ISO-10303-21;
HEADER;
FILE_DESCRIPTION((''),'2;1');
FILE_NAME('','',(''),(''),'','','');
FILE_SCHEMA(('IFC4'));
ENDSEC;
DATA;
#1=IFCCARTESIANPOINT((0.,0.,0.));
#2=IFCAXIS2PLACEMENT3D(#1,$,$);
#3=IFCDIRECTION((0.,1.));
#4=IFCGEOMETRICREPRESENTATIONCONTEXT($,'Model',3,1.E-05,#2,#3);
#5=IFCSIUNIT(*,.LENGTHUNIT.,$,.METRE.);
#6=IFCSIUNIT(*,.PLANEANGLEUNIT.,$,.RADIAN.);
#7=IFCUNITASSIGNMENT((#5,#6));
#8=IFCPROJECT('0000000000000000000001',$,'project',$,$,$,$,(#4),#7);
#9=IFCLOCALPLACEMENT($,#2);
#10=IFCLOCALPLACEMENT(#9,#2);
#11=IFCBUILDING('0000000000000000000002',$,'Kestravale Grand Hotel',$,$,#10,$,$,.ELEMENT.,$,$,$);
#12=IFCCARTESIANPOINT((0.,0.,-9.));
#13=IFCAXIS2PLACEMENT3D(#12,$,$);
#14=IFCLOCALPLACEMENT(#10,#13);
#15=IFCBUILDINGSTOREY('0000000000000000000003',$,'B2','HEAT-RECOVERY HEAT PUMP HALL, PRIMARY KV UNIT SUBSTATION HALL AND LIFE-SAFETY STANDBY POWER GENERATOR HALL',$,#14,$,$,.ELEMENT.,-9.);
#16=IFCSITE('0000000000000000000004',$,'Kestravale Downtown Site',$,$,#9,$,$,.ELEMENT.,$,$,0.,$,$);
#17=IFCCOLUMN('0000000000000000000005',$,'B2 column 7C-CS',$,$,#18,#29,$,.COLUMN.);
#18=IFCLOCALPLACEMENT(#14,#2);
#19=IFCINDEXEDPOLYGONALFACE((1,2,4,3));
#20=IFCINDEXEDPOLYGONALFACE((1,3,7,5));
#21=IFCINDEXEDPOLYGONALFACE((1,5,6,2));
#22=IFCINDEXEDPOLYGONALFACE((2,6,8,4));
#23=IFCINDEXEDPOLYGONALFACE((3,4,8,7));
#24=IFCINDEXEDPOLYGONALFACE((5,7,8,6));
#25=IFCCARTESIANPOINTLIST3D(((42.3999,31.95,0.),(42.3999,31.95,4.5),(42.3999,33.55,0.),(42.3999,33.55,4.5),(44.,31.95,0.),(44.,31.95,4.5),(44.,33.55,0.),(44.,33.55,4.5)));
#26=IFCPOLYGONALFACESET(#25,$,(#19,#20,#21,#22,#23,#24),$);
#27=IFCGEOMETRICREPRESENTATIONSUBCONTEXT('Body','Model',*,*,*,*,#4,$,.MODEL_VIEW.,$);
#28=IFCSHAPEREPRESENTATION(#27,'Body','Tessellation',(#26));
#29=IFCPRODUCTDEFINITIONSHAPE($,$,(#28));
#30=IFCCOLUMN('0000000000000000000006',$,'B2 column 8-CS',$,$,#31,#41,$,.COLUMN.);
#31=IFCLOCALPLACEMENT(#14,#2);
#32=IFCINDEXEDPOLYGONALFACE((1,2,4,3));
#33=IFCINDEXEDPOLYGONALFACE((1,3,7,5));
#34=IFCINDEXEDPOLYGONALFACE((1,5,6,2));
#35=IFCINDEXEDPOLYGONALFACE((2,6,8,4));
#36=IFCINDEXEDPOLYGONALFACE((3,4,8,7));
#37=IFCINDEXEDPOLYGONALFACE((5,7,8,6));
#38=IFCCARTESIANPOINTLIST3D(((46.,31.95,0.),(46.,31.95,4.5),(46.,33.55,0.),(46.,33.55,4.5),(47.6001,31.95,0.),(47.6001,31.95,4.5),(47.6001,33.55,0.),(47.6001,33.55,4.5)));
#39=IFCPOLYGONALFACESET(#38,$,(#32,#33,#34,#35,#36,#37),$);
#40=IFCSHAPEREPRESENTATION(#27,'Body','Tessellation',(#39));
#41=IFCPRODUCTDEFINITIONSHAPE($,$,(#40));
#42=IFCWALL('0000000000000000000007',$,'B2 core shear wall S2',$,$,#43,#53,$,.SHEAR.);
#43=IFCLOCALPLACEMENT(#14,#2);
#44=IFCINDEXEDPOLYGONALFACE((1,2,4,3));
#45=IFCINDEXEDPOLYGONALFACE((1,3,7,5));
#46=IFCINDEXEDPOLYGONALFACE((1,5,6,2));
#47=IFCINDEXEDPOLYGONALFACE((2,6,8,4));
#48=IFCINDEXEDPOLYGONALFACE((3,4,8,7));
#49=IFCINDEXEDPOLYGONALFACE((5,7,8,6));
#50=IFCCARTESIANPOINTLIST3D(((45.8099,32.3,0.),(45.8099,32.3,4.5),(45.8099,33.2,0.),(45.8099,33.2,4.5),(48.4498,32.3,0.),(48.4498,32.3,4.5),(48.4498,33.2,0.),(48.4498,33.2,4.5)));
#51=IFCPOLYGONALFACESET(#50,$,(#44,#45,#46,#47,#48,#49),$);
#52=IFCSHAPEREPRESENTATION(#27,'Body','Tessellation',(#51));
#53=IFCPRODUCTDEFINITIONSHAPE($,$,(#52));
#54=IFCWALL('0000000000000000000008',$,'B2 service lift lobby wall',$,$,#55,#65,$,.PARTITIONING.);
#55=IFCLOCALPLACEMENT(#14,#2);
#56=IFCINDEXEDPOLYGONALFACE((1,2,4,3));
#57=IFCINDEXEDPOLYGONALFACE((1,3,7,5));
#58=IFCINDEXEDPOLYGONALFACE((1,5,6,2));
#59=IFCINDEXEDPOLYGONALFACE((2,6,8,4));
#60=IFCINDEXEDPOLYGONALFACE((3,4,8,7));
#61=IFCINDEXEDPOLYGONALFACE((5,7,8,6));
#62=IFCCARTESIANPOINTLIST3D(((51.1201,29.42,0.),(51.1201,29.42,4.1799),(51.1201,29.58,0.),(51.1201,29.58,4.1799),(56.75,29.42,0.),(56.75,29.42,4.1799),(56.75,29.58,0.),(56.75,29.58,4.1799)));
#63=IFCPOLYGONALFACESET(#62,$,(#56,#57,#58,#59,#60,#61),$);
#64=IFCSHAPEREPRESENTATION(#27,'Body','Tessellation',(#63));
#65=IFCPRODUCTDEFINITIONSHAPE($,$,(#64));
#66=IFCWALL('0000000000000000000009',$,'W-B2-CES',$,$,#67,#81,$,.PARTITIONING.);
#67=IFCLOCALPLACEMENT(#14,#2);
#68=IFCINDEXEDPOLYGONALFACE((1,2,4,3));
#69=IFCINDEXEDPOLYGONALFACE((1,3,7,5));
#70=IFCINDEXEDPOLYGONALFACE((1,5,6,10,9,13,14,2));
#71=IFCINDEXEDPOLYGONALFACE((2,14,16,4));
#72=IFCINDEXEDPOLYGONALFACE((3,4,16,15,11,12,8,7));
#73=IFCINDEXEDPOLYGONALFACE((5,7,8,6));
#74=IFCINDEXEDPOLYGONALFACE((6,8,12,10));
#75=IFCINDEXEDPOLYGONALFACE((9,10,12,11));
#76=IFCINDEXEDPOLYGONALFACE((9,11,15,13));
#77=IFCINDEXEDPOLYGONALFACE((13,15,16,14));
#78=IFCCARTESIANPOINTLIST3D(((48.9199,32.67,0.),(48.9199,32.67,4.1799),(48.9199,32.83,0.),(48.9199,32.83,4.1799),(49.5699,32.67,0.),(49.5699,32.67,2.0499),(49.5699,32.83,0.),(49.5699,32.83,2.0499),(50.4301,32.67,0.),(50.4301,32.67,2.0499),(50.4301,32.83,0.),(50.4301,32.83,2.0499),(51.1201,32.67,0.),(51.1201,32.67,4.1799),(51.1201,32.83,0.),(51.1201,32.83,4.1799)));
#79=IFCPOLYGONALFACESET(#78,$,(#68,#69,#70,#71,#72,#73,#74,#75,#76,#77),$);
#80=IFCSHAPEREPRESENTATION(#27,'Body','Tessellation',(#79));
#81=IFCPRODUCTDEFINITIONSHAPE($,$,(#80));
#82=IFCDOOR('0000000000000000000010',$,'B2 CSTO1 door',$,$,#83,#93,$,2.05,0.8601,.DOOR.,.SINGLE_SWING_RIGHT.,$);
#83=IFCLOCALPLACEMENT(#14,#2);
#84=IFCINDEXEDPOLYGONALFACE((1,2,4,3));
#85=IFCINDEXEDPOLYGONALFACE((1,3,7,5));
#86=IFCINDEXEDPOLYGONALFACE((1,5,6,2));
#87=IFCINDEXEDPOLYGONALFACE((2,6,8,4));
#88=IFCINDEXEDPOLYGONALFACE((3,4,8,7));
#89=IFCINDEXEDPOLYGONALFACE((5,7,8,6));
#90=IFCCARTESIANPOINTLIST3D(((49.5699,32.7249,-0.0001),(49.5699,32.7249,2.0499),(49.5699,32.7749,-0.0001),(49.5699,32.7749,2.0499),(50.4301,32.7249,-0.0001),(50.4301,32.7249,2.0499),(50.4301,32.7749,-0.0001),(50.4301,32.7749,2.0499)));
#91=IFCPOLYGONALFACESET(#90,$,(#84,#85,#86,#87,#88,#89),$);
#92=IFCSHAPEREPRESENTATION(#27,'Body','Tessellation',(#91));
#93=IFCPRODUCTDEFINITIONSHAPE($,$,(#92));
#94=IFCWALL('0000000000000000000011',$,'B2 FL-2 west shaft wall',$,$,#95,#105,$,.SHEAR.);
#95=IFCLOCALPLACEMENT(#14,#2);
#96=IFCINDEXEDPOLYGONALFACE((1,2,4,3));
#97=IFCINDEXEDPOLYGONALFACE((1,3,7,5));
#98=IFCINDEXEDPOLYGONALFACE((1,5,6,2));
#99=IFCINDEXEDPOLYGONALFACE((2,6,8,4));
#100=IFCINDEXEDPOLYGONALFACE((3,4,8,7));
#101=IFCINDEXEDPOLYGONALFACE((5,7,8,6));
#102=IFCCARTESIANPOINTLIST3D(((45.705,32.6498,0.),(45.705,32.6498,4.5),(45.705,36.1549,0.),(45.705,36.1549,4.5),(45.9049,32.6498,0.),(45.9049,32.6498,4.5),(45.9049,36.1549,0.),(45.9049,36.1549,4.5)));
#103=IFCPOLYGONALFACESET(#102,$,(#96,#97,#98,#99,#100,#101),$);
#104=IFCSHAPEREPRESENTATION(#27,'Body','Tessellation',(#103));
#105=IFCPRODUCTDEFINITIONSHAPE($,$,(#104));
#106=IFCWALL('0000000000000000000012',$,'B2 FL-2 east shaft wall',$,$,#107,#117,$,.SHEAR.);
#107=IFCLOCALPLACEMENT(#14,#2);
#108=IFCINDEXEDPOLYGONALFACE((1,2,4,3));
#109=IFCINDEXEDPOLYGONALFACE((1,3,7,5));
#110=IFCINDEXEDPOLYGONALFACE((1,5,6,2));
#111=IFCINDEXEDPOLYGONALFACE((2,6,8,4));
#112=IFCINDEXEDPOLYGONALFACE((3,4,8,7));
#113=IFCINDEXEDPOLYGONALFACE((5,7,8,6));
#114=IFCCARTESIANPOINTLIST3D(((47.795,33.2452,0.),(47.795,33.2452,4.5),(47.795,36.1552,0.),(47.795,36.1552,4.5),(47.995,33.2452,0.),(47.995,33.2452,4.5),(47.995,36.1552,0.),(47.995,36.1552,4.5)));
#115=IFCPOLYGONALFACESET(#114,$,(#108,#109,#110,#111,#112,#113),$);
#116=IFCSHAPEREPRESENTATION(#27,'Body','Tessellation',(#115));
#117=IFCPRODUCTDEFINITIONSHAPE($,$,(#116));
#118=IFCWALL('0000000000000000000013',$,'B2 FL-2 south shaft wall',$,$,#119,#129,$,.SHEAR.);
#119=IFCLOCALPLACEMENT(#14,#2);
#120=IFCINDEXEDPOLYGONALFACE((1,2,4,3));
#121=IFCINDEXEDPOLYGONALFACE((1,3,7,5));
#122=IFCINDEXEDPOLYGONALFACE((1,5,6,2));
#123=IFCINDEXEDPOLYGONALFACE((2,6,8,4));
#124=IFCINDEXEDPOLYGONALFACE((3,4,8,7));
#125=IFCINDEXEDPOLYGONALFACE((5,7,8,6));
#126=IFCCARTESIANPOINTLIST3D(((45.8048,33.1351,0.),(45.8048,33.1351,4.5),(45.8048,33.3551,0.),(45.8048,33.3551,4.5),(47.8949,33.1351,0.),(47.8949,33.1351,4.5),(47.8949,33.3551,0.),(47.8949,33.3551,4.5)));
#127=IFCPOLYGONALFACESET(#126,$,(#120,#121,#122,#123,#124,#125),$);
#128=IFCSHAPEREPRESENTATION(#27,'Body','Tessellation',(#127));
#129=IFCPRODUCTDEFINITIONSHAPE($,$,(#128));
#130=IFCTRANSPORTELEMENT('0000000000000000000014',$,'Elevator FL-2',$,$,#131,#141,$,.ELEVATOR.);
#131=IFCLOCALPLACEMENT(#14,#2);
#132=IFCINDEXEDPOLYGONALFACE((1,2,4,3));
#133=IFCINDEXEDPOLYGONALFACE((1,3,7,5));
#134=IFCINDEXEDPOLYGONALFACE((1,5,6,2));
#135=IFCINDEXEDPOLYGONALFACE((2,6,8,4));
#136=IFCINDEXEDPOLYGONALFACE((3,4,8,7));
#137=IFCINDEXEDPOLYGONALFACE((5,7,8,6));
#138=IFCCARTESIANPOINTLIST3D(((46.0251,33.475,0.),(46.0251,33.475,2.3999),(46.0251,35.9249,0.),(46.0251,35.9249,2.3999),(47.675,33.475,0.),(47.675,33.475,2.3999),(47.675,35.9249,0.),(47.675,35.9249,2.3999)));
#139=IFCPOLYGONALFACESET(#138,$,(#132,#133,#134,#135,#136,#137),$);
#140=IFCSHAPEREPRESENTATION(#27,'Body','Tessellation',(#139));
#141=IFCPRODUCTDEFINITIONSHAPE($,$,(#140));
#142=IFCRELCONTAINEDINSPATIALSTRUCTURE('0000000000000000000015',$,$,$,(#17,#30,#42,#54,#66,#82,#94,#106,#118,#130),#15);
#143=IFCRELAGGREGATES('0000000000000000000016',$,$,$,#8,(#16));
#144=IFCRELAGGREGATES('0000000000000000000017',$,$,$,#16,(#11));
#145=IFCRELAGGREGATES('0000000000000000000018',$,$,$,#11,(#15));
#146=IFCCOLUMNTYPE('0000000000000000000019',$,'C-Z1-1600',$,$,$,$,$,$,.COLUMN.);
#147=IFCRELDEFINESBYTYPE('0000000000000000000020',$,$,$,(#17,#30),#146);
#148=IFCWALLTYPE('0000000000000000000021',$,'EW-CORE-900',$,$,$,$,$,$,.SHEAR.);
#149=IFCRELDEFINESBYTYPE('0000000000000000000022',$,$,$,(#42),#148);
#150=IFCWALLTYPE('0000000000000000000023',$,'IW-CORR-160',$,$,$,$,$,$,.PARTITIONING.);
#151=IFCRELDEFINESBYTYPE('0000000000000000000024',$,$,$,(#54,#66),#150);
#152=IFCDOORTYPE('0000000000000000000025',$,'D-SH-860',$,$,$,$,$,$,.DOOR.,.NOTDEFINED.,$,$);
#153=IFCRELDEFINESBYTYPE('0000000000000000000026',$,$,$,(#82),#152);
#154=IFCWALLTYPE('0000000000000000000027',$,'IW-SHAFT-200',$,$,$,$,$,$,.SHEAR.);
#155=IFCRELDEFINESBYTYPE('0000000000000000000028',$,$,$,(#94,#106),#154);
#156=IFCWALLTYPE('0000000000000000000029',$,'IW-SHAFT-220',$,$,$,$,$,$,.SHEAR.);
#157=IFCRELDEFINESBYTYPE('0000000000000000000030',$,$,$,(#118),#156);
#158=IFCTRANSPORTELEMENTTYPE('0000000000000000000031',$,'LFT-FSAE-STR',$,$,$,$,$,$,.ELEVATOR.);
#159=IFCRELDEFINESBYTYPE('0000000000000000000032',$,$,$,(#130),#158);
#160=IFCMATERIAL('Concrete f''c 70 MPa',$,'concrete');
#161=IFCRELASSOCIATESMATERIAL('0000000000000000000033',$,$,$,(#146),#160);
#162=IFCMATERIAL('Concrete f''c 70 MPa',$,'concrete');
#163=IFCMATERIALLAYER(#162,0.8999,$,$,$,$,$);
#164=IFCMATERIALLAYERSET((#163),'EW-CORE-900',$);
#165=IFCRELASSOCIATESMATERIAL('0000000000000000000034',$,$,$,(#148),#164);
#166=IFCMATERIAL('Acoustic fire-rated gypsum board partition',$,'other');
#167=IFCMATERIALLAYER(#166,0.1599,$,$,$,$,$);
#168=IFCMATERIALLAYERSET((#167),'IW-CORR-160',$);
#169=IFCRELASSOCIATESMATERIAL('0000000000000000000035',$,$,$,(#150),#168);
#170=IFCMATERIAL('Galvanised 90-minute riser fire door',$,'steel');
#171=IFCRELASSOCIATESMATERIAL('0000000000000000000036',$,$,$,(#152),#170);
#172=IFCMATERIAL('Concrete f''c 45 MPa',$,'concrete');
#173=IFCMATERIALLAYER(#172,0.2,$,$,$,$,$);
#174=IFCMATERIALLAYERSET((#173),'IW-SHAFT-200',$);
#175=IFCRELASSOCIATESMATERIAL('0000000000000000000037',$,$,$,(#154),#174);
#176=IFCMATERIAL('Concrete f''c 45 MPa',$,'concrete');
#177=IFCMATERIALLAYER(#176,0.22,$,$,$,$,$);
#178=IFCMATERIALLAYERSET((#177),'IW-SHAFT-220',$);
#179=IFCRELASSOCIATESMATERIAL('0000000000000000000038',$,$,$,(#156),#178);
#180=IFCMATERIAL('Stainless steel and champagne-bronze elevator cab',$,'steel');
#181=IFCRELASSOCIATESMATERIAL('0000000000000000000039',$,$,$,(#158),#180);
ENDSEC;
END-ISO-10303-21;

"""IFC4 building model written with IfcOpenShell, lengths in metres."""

from ifc_helpers import new_model, si_unit, direction, frame, frame_2d, origin, origin_2d, place, context, subcontext, project, spatial, rectangle, extrude, material, layer, layer_set, material_profile, profile_set, type_object, element, fill, save


model = new_model("IFC4")

# Units and contexts
model_context = context("Model", 3, precision=1e-05, world=origin(), true_north=direction((0.0, 1.0)))
body_context = subcontext(model_context, "Body", "Model", "MODEL_VIEW")
ifc_project = project(units=[si_unit("LENGTHUNIT", "METRE"), si_unit("PLANEANGLEUNIT", "RADIAN")], contexts=[model_context])

# Site, building, storey
site_placement = place(None, origin())
site = spatial("IfcSite", under=ifc_project, at=site_placement, Name="Kestravale Downtown Site", CompositionType="ELEMENT", RefElevation=0.0)
building_placement = place(site_placement, origin())
building = spatial("IfcBuilding", under=site, at=building_placement, Name="Kestravale Grand Hotel", CompositionType="ELEMENT")
storey_placement = place(building_placement, frame((0.0, 0.0, -9.0)))
storey = spatial("IfcBuildingStorey", under=building, at=storey_placement, Name="B2", Description="HEAT-RECOVERY HEAT PUMP HALL, PRIMARY KV UNIT SUBSTATION HALL AND LIFE-SAFETY STANDBY POWER GENERATOR HALL", CompositionType="ELEMENT", Elevation=-9.0)

# Columns
ifc_material_1 = material(Name="Concrete f'c 70 MPa", Category="concrete")
ifc_material_profile_1 = material_profile(ifc_material_1, rectangle(XDim=1.6001, YDim=1.6001, at=origin_2d()))
ifc_profile_set_1 = profile_set([ifc_material_profile_1], Name="Concrete f'c 70 MPa")
column_type = type_object("IfcColumnType", Name="C-Z1-1600", PredefinedType="COLUMN", material=ifc_profile_set_1)
for number, where, z_axis, x_axis, name in (
    (1, (43.2, 32.75, 0.0), (0.0, 0.0, 1.0), (1.0, 0.0, 0.0), "B2 column 7C-CS"),
    (2, (46.8, 32.75, 0.0), (0.0, 0.0, 1.0), (1.0, 0.0, 0.0), "B2 column 8-CS"),
):
    element("IfcColumn", number, at=place(storey_placement, frame(where, z_axis=z_axis, x_axis=x_axis)), inside=storey, type_object=column_type, Name=name, PredefinedType="COLUMN", context=body_context, shape_type="SweptSolid", body=[
        extrude(rectangle(XDim=1.6001, YDim=1.6001, at=origin_2d()), origin(), (0.0, 0.0, 1.0), 4.5),
    ])

# Wall
ifc_material_2 = material(Name="Concrete f'c 70 MPa", Category="concrete")
ifc_layer_1 = layer(ifc_material_2, 0.8999)
ifc_layer_set_1 = layer_set([ifc_layer_1], Name="EW-CORE-900")
wall_type_1 = type_object("IfcWallType", Name="EW-CORE-900", PredefinedType="SHEAR", material=ifc_layer_set_1)
wall_1_placement = place(storey_placement, frame((45.8101, 32.75, 0.0), z_axis=(0.0, 0.0, 1.0), x_axis=(1.0, 0.0, 0.0)))
element("IfcWall", 3, at=wall_1_placement, inside=storey, type_object=wall_type_1, Name="B2 core shear wall S2", PredefinedType="SHEAR", context=body_context, shape_type="SweptSolid", body=[
    extrude(rectangle(XDim=2.6399, YDim=0.8999, at=frame_2d((1.3198, 0.0))), origin(), (0.0, 0.0, 1.0), 4.5),
])

# Shared definitions
ifc_material_3 = material(Name="Acoustic fire-rated gypsum board partition", Category="other")
ifc_layer_2 = layer(ifc_material_3, 0.1599)
ifc_layer_set_2 = layer_set([ifc_layer_2], Name="IW-CORR-160")
wall_type_2 = type_object("IfcWallType", Name="IW-CORR-160", PredefinedType="PARTITIONING", material=ifc_layer_set_2)

# Wall
wall_2_placement = place(storey_placement, frame((51.1201, 29.5, 0.0), z_axis=(0.0, 0.0, 1.0), x_axis=(1.0, 0.0, 0.0)))
element("IfcWall", 4, at=wall_2_placement, inside=storey, type_object=wall_type_2, Name="B2 service lift lobby wall", PredefinedType="PARTITIONING", context=body_context, shape_type="SweptSolid", body=[
    extrude(rectangle(XDim=5.6299, YDim=0.1599, at=frame_2d((2.8149, 0.0))), origin(), (0.0, 0.0, 1.0), 4.1799),
])

# Wall, opening, door
wall_3_placement = place(storey_placement, frame((48.9199, 32.75, 0.0), z_axis=(0.0, 0.0, 1.0), x_axis=(1.0, 0.0, 0.0)))
wall_3 = element("IfcWall", 5, at=wall_3_placement, inside=storey, type_object=wall_type_2, Name="W-B2-CES", PredefinedType="PARTITIONING", context=body_context, shape_type="SweptSolid", body=[
    extrude(rectangle(XDim=2.2002, YDim=0.1599, at=frame_2d((1.1001, 0.0))), origin(), (0.0, 0.0, 1.0), 4.1799),
])
opening_1_placement = place(wall_3_placement, frame((0.6499, 0.0, 0.0)))
opening_1 = element("IfcOpeningElement", 6, at=opening_1_placement, cuts=wall_3, PredefinedType="OPENING", context=body_context, shape_type="SweptSolid", body=[
    extrude(rectangle(XDim=0.8601, YDim=2.05, at=frame_2d((0.4302, 1.0249))), frame((0.0, 0.0898, 0.0), z_axis=(0.0, -1.0, 0.0), x_axis=(1.0, 0.0, 0.0)), (0.0, 0.0, 1.0), 0.1799),
])
ifc_material_4 = material(Name="Galvanised 90-minute riser fire door", Category="steel")
door_type_1 = type_object("IfcDoorType", Name="D-SH-860", OperationType="NOTDEFINED", PredefinedType="DOOR", material=ifc_material_4)
door_1_placement = place(opening_1_placement, origin())
door_1 = element("IfcDoor", 7, at=door_1_placement, inside=storey, type_object=door_type_1, Name="B2 CSTO1 door", OperationType="SINGLE_SWING_RIGHT", OverallHeight=2.05, OverallWidth=0.8601, PredefinedType="DOOR", context=body_context, shape_type="SweptSolid", body=[
    extrude(rectangle(XDim=0.8601, YDim=2.05, at=frame_2d((0.4302, 1.0249))), frame((0.0, 0.0249, 0.0), z_axis=(0.0, -1.0, 0.0), x_axis=(1.0, 0.0, 0.0)), (0.0, 0.0, 1.0), 0.05),
])
fill(opening_1, door_1)

# Walls
ifc_material_5 = material(Name="Concrete f'c 45 MPa", Category="concrete")
ifc_layer_3 = layer(ifc_material_5, 0.2)
ifc_layer_set_3 = layer_set([ifc_layer_3], Name="IW-SHAFT-200")
wall_type_3 = type_object("IfcWallType", Name="IW-SHAFT-200", PredefinedType="SHEAR", material=ifc_layer_set_3)
wall_4_placement = place(storey_placement, frame((45.8049, 32.6499, 0.0), z_axis=(0.0, 0.0, 1.0), x_axis=(0.0, 1.0, 0.0)))
element("IfcWall", 8, at=wall_4_placement, inside=storey, type_object=wall_type_3, Name="B2 FL-2 west shaft wall", PredefinedType="SHEAR", context=body_context, shape_type="SweptSolid", body=[
    extrude(rectangle(XDim=3.5051, YDim=0.2, at=frame_2d((1.7524, 0.0))), origin(), (0.0, 0.0, 1.0), 4.5),
])
wall_5_placement = place(storey_placement, frame((47.895, 33.2451, 0.0), z_axis=(0.0, 0.0, 1.0), x_axis=(0.0, 1.0, 0.0)))
element("IfcWall", 9, at=wall_5_placement, inside=storey, type_object=wall_type_3, Name="B2 FL-2 east shaft wall", PredefinedType="SHEAR", context=body_context, shape_type="SweptSolid", body=[
    extrude(rectangle(XDim=2.9099, YDim=0.2, at=frame_2d((1.4551, 0.0))), origin(), (0.0, 0.0, 1.0), 4.5),
])
ifc_material_6 = material(Name="Concrete f'c 45 MPa", Category="concrete")
ifc_layer_4 = layer(ifc_material_6, 0.22)
ifc_layer_set_4 = layer_set([ifc_layer_4], Name="IW-SHAFT-220")
wall_type_4 = type_object("IfcWallType", Name="IW-SHAFT-220", PredefinedType="SHEAR", material=ifc_layer_set_4)
wall_6_placement = place(storey_placement, frame((45.8049, 33.2451, 0.0), z_axis=(0.0, 0.0, 1.0), x_axis=(1.0, 0.0, 0.0)))
element("IfcWall", 10, at=wall_6_placement, inside=storey, type_object=wall_type_4, Name="B2 FL-2 south shaft wall", PredefinedType="SHEAR", context=body_context, shape_type="SweptSolid", body=[
    extrude(rectangle(XDim=2.0901, YDim=0.22, at=frame_2d((1.0449, 0.0))), origin(), (0.0, 0.0, 1.0), 4.5),
])

# Transport element
ifc_material_7 = material(Name="Stainless steel and champagne-bronze elevator cab", Category="steel")
transport_element_type = type_object("IfcTransportElementType", Name="LFT-FSAE-STR", PredefinedType="ELEVATOR", material=ifc_material_7)
transport_element_placement = place(storey_placement, frame((46.8501, 34.7, 0.0), z_axis=(0.0, 0.0, 1.0), x_axis=(1.0, 0.0, 0.0)))
element("IfcTransportElement", 11, at=transport_element_placement, inside=storey, type_object=transport_element_type, Name="Elevator FL-2", PredefinedType="ELEVATOR", context=body_context, shape_type="SweptSolid", body=[
    extrude(rectangle(XDim=1.6499, YDim=2.45, at=origin_2d()), origin(), (0.0, 0.0, 1.0), 2.3999),
])

save(model, "model.ifc")
